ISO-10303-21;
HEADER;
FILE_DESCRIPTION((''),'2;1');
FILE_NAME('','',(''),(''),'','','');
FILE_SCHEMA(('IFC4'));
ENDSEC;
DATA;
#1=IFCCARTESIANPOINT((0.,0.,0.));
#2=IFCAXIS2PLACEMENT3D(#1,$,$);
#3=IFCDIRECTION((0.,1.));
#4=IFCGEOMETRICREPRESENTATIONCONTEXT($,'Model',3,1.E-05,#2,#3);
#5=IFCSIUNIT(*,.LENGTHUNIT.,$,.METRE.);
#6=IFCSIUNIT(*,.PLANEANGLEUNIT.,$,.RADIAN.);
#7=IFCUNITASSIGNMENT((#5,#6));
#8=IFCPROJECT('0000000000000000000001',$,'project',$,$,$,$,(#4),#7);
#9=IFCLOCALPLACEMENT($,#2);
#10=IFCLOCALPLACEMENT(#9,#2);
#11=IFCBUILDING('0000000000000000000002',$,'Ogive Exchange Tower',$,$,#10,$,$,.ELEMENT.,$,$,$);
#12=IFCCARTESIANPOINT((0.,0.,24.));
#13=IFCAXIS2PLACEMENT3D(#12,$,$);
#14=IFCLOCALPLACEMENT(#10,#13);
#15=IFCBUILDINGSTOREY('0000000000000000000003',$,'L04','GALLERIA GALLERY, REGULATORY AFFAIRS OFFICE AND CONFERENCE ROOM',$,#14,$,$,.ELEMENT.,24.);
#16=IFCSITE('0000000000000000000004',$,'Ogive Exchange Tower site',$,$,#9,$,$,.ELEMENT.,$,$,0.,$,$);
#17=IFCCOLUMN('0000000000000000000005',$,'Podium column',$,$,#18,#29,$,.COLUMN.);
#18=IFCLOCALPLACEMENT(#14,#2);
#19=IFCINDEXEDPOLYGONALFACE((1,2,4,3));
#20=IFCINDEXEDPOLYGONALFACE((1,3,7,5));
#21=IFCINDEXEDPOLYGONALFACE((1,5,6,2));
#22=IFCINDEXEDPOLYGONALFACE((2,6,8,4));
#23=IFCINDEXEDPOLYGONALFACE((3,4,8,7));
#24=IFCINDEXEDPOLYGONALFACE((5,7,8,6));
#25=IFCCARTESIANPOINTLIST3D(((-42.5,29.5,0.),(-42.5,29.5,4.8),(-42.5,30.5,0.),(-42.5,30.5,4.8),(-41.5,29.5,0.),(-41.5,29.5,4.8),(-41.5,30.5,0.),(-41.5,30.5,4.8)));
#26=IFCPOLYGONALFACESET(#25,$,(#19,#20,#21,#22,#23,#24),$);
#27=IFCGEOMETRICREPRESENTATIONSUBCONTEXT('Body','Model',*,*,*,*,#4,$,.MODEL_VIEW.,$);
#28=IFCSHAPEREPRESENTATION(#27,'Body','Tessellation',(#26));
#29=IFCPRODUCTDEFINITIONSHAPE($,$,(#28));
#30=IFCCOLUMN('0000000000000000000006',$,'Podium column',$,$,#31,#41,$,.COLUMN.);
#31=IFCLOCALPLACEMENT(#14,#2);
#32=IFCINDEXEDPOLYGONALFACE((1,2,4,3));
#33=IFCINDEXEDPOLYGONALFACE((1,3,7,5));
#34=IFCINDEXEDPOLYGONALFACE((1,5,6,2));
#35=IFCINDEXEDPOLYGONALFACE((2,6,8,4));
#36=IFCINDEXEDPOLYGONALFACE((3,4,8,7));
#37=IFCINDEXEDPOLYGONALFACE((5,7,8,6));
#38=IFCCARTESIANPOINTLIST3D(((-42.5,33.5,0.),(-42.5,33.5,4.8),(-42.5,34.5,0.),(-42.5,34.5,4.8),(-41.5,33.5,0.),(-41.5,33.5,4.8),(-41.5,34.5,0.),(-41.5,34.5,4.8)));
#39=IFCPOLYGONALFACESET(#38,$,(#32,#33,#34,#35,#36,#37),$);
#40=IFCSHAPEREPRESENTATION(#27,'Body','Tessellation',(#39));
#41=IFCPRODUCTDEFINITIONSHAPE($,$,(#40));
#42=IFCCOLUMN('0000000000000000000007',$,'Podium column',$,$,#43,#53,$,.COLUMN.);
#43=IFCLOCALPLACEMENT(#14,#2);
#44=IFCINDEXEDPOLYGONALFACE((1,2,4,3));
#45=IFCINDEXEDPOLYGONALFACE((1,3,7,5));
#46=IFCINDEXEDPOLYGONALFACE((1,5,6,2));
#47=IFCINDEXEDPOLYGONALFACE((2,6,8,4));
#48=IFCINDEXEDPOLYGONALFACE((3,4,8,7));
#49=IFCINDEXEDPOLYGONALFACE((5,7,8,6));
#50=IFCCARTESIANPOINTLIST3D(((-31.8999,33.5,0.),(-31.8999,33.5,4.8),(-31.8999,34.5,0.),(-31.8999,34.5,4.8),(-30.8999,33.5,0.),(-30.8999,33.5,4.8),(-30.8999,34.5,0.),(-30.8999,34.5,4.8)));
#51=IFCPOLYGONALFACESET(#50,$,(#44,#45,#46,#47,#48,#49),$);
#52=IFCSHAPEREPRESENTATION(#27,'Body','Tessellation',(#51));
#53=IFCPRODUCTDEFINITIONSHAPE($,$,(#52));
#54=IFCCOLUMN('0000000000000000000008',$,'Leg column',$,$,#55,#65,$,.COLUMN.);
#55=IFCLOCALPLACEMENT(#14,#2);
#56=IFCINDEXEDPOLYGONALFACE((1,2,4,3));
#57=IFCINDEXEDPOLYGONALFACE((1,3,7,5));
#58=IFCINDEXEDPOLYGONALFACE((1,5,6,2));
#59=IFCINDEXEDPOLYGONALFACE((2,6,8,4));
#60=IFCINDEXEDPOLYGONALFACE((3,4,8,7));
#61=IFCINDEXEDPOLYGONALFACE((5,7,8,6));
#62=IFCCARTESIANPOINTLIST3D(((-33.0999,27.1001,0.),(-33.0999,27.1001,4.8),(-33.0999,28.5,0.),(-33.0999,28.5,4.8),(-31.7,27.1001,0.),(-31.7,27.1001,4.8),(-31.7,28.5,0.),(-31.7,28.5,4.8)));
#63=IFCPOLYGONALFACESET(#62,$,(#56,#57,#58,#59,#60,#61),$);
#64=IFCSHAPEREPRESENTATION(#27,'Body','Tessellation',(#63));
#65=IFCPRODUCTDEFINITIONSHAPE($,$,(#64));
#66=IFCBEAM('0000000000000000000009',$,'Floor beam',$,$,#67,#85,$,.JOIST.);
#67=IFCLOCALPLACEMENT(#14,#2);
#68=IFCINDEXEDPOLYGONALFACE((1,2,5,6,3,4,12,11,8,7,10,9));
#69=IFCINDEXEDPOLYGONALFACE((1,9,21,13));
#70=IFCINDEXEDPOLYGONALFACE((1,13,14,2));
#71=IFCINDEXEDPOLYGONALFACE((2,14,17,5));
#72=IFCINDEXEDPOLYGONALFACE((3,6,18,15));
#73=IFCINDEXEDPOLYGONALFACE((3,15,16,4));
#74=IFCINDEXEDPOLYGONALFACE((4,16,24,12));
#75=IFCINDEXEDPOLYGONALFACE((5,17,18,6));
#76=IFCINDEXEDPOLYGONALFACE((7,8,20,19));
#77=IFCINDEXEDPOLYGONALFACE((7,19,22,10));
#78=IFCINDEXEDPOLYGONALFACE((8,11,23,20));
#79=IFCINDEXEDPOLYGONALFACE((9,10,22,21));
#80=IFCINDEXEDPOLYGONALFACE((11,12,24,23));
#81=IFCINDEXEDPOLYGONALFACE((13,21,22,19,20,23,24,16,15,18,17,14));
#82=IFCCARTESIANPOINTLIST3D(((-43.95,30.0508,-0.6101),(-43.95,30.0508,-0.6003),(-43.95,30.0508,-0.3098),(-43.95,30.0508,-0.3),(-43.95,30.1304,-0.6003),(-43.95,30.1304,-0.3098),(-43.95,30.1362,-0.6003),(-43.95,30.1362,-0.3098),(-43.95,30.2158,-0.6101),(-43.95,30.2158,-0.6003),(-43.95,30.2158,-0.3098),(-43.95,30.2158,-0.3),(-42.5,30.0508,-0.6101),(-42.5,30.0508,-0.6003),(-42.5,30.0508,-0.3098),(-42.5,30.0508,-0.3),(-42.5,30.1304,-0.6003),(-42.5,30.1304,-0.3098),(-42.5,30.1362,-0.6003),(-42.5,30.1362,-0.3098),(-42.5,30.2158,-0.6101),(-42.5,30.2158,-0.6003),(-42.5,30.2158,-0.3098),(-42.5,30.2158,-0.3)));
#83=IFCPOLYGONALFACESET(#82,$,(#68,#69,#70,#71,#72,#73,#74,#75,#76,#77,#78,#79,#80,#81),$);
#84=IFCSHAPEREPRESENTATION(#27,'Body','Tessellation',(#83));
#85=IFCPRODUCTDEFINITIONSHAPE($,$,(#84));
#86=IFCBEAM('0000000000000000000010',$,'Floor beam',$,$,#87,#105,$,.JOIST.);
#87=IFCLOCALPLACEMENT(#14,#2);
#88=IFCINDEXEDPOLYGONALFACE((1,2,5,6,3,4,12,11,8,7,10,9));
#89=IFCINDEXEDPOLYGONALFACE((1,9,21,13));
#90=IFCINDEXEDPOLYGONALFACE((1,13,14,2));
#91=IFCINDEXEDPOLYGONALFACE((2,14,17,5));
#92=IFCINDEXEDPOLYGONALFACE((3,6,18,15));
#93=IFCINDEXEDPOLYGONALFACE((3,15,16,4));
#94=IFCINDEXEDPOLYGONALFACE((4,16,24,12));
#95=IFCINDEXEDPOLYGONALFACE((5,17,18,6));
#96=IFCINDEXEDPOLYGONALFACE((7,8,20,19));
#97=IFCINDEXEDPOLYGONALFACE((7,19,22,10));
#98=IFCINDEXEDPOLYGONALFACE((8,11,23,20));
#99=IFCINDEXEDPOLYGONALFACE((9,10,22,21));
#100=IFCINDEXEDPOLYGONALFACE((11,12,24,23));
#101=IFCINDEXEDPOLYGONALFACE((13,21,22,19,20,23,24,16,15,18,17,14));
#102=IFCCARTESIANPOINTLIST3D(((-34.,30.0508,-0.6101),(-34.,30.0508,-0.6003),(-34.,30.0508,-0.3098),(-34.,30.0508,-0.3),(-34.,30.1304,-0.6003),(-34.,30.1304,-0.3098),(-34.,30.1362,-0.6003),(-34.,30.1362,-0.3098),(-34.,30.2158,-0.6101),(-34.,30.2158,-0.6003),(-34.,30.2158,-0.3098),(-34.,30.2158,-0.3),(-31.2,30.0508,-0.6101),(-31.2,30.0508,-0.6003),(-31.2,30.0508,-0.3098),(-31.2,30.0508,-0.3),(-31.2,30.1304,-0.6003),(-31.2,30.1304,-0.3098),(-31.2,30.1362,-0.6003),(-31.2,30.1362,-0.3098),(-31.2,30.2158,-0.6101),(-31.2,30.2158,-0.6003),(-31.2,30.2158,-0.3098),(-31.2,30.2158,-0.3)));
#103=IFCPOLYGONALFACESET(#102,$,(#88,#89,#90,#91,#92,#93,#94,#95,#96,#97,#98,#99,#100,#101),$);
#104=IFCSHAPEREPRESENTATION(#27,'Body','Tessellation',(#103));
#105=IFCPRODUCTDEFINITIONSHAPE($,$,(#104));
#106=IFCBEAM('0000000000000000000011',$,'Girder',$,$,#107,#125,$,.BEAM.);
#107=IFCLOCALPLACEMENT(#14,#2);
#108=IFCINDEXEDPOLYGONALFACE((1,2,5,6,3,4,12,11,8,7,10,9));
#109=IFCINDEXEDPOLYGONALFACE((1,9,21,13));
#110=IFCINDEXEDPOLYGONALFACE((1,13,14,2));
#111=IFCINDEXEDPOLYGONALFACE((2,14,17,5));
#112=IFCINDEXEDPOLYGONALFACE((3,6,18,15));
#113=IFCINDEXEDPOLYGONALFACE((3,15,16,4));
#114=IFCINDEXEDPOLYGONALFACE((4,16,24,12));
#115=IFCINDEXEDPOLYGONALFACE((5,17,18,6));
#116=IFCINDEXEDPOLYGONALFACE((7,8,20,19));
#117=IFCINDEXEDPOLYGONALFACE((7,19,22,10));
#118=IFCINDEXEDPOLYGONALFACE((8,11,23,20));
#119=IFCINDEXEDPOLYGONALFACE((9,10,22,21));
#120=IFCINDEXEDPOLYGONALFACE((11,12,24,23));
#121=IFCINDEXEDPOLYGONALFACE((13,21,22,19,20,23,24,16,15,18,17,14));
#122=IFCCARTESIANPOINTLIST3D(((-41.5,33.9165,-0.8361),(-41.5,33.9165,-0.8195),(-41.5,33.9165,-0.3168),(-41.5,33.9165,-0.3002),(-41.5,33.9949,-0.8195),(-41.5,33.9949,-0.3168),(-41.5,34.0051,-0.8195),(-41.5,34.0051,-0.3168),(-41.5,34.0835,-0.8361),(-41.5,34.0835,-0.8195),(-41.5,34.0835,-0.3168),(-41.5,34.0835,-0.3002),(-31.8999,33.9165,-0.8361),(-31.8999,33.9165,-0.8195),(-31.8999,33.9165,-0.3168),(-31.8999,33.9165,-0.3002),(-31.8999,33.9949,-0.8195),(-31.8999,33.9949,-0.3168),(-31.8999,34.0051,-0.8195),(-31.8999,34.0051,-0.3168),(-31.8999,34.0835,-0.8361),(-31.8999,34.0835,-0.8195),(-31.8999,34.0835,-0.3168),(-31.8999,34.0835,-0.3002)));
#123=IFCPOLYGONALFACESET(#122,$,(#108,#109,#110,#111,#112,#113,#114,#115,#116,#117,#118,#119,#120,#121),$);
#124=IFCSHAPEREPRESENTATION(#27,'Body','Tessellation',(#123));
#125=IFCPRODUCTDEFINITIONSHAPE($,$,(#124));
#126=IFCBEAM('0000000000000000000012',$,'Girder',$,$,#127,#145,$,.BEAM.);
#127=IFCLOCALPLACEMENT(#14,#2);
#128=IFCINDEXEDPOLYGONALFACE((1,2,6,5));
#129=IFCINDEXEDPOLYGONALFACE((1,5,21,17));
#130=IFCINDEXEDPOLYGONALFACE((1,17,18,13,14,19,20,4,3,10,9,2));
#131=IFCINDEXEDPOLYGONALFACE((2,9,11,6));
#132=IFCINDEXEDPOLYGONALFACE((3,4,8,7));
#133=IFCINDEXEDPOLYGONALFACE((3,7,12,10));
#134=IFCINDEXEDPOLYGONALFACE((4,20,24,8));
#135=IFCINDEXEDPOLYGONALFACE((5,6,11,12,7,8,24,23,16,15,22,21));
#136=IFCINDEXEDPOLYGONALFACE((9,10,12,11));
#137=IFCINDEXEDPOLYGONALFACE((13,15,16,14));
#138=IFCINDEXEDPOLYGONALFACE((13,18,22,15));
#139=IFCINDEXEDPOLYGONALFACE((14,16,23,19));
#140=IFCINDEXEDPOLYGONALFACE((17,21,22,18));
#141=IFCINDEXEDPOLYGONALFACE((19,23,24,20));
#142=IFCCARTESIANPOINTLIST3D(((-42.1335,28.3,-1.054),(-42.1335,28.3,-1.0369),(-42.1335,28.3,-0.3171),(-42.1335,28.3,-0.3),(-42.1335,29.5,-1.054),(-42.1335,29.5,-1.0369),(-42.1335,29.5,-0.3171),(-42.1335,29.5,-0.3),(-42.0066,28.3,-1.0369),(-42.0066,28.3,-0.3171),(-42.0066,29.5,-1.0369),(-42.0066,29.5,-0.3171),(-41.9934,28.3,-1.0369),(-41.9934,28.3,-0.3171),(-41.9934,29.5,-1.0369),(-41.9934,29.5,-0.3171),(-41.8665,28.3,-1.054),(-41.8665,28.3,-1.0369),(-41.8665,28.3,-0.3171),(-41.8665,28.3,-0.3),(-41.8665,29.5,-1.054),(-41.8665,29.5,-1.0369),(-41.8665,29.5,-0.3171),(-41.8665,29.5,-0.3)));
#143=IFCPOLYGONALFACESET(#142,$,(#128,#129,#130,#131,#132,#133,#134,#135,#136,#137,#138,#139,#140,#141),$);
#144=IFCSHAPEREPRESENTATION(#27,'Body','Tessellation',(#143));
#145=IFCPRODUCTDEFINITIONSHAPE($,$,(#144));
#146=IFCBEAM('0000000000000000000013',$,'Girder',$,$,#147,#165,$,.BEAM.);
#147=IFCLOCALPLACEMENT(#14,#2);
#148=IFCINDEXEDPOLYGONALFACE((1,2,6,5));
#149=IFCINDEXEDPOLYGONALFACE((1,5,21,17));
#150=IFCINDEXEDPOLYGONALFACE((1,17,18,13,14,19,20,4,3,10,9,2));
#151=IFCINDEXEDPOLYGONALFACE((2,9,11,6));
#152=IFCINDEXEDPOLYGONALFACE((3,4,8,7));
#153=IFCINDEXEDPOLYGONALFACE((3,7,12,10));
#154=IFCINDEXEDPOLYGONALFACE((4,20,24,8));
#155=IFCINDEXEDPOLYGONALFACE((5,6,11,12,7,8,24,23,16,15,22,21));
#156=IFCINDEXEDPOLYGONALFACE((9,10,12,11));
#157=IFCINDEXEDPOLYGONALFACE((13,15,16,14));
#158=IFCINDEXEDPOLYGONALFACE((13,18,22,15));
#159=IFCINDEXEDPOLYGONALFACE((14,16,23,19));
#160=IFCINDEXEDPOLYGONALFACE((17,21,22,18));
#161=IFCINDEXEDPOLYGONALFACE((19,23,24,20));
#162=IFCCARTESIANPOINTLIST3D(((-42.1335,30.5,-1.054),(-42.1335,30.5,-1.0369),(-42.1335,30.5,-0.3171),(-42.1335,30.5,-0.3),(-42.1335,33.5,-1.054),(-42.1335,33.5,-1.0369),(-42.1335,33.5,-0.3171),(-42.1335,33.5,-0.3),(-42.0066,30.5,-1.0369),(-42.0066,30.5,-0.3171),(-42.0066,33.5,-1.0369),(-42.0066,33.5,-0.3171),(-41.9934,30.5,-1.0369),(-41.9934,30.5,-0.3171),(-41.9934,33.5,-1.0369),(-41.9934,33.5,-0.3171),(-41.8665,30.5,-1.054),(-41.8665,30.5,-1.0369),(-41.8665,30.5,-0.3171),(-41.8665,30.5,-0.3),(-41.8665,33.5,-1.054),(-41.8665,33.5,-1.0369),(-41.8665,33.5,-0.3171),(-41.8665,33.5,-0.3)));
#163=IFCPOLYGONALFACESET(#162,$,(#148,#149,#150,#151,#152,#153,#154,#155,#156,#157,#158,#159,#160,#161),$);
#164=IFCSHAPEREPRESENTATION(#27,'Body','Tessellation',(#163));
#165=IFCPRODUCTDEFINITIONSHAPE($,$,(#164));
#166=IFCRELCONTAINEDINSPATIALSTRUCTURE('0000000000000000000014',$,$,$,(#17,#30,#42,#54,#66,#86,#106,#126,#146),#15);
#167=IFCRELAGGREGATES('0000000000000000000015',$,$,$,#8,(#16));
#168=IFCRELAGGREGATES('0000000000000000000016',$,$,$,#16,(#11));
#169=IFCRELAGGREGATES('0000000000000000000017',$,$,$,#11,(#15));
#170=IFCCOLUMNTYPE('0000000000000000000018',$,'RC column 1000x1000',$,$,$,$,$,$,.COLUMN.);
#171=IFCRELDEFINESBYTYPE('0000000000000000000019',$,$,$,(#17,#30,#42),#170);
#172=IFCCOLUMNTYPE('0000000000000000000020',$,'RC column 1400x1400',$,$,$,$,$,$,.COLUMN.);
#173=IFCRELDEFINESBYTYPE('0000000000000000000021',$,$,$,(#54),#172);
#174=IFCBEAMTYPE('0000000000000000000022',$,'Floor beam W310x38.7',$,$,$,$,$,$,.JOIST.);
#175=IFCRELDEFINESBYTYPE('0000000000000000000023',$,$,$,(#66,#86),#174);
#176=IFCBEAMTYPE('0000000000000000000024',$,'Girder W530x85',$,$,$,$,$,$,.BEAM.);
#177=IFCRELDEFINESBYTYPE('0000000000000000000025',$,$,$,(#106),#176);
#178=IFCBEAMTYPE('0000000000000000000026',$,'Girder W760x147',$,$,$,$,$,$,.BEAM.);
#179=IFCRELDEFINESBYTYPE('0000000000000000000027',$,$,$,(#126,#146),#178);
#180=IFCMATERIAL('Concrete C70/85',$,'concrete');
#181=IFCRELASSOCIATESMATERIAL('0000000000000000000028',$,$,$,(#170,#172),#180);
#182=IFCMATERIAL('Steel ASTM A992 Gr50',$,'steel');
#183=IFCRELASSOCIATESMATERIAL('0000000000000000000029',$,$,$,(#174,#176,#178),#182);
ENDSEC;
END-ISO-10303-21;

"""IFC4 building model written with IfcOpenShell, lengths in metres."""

from ifc_helpers import new_model, si_unit, direction, frame, origin, origin_2d, place, context, subcontext, project, spatial, rectangle, i_section, extrude, material, material_profile, profile_set, type_object, element, save


model = new_model("IFC4")

# Units and contexts
model_context = context("Model", 3, precision=1e-05, world=origin(), true_north=direction((0.0, 1.0)))
body_context = subcontext(model_context, "Body", "Model", "MODEL_VIEW")
ifc_project = project(units=[si_unit("LENGTHUNIT", "METRE"), si_unit("PLANEANGLEUNIT", "RADIAN")], contexts=[model_context])

# Site, building, storey
site_placement = place(None, origin())
site = spatial("IfcSite", under=ifc_project, at=site_placement, Name="Ogive Exchange Tower site", CompositionType="ELEMENT", RefElevation=0.0)
building_placement = place(site_placement, origin())
building = spatial("IfcBuilding", under=site, at=building_placement, Name="Ogive Exchange Tower", CompositionType="ELEMENT")
storey_placement = place(building_placement, frame((0.0, 0.0, 24.0)))
storey = spatial("IfcBuildingStorey", under=building, at=storey_placement, Name="L04", Description="GALLERIA GALLERY, REGULATORY AFFAIRS OFFICE AND CONFERENCE ROOM", CompositionType="ELEMENT", Elevation=24.0)

# Columns
ifc_material_1 = material(Name="Concrete C70/85", Category="concrete")
ifc_material_profile_1 = material_profile(ifc_material_1, rectangle(XDim=1.0, YDim=1.0, at=origin_2d()), Name="RC 1000x1000")
ifc_profile_set_1 = profile_set([ifc_material_profile_1], Name="Concrete C70/85")
column_type_1 = type_object("IfcColumnType", Name="RC column 1000x1000", PredefinedType="COLUMN", material=ifc_profile_set_1)
for number, where, z_axis, x_axis, name in (
    (1, (-42.0, 30.0, 0.0), (0.0, 0.0, 1.0), (1.0, 0.0, 0.0), "Podium column"),
    (2, (-42.0, 34.0, 0.0), (0.0, 0.0, 1.0), (1.0, 0.0, 0.0), "Podium column"),
    (3, (-31.3999, 34.0, 0.0), (0.0, 0.0, 1.0), (1.0, 0.0, 0.0), "Podium column"),
):
    element("IfcColumn", number, at=place(storey_placement, frame(where, z_axis=z_axis, x_axis=x_axis)), inside=storey, type_object=column_type_1, Name=name, PredefinedType="COLUMN", context=body_context, shape_type="SweptSolid", body=[
        extrude(rectangle(XDim=1.0, YDim=1.0, at=origin_2d()), origin(), (0.0, 0.0, 1.0), 4.8),
    ])
ifc_material_profile_2 = material_profile(ifc_material_1, rectangle(XDim=1.3999, YDim=1.3999, at=origin_2d()), Name="RC 1400x1400")
ifc_profile_set_2 = profile_set([ifc_material_profile_2], Name="Concrete C70/85")
column_type_2 = type_object("IfcColumnType", Name="RC column 1400x1400", PredefinedType="COLUMN", material=ifc_profile_set_2)
column_placement = place(storey_placement, frame((-32.3999, 27.8, 0.0), z_axis=(0.0, 0.0, 1.0), x_axis=(1.0, 0.0, 0.0)))
element("IfcColumn", 4, at=column_placement, inside=storey, type_object=column_type_2, Name="Leg column", PredefinedType="COLUMN", context=body_context, shape_type="SweptSolid", body=[
    extrude(rectangle(XDim=1.3999, YDim=1.3999, at=origin_2d()), origin(), (0.0, 0.0, 1.0), 4.8),
])

# Beams
ifc_material_2 = material(Name="Steel ASTM A992 Gr50", Category="steel")
ifc_material_profile_3 = material_profile(ifc_material_2, i_section(OverallWidth=0.165, OverallDepth=0.3101, WebThickness=0.0059, FlangeThickness=0.0098, at=origin_2d()), Name="W310x38.7")
ifc_profile_set_3 = profile_set([ifc_material_profile_3], Name="Steel ASTM A992 Gr50")
beam_type_1 = type_object("IfcBeamType", Name="Floor beam W310x38.7", PredefinedType="JOIST", material=ifc_profile_set_3)
beam_1_placement = place(storey_placement, frame((-43.95, 30.1333, -0.4551), z_axis=(1.0, 0.0, 0.0), x_axis=(0.0, 1.0, 0.0)))
element("IfcBeam", 5, at=beam_1_placement, inside=storey, type_object=beam_type_1, Name="Floor beam", PredefinedType="JOIST", context=body_context, shape_type="SweptSolid", body=[
    extrude(i_section(OverallWidth=0.165, OverallDepth=0.3101, WebThickness=0.0059, FlangeThickness=0.0098, at=origin_2d()), origin(), (0.0, 0.0, 1.0), 1.45),
])
beam_2_placement = place(storey_placement, frame((-34.0, 30.1333, -0.4551), z_axis=(1.0, 0.0, 0.0), x_axis=(0.0, 1.0, 0.0)))
element("IfcBeam", 6, at=beam_2_placement, inside=storey, type_object=beam_type_1, Name="Floor beam", PredefinedType="JOIST", context=body_context, shape_type="SweptSolid", body=[
    extrude(i_section(OverallWidth=0.165, OverallDepth=0.3101, WebThickness=0.0059, FlangeThickness=0.0098, at=origin_2d()), origin(), (0.0, 0.0, 1.0), 2.8),
])
ifc_material_profile_4 = material_profile(ifc_material_2, i_section(OverallWidth=0.167, OverallDepth=0.5359, WebThickness=0.0103, FlangeThickness=0.0166, at=origin_2d()), Name="W530x85")
ifc_profile_set_4 = profile_set([ifc_material_profile_4], Name="Steel ASTM A992 Gr50")
beam_type_2 = type_object("IfcBeamType", Name="Girder W530x85", PredefinedType="BEAM", material=ifc_profile_set_4)
beam_3_placement = place(storey_placement, frame((-41.5, 34.0, -0.5681), z_axis=(1.0, 0.0, 0.0), x_axis=(0.0, 1.0, 0.0)))
element("IfcBeam", 7, at=beam_3_placement, inside=storey, type_object=beam_type_2, Name="Girder", PredefinedType="BEAM", context=body_context, shape_type="SweptSolid", body=[
    extrude(i_section(OverallWidth=0.167, OverallDepth=0.5359, WebThickness=0.0103, FlangeThickness=0.0166, at=origin_2d()), origin(), (0.0, 0.0, 1.0), 9.6001),
])
ifc_material_profile_5 = material_profile(ifc_material_2, i_section(OverallWidth=0.2671, OverallDepth=0.7539, WebThickness=0.0132, FlangeThickness=0.0171, at=origin_2d()), Name="W760x147")
ifc_profile_set_5 = profile_set([ifc_material_profile_5], Name="Steel ASTM A992 Gr50")
beam_type_3 = type_object("IfcBeamType", Name="Girder W760x147", PredefinedType="BEAM", material=ifc_profile_set_5)
beam_4_placement = place(storey_placement, frame((-42.0, 28.3, -0.677), z_axis=(0.0, 1.0, 0.0), x_axis=(-1.0, 0.0, 0.0)))
element("IfcBeam", 8, at=beam_4_placement, inside=storey, type_object=beam_type_3, Name="Girder", PredefinedType="BEAM", context=body_context, shape_type="SweptSolid", body=[
    extrude(i_section(OverallWidth=0.2671, OverallDepth=0.7539, WebThickness=0.0132, FlangeThickness=0.0171, at=origin_2d()), origin(), (0.0, 0.0, 1.0), 1.2),
])
beam_5_placement = place(storey_placement, frame((-42.0, 30.5, -0.677), z_axis=(0.0, 1.0, 0.0), x_axis=(-1.0, 0.0, 0.0)))
element("IfcBeam", 9, at=beam_5_placement, inside=storey, type_object=beam_type_3, Name="Girder", PredefinedType="BEAM", context=body_context, shape_type="SweptSolid", body=[
    extrude(i_section(OverallWidth=0.2671, OverallDepth=0.7539, WebThickness=0.0132, FlangeThickness=0.0171, at=origin_2d()), origin(), (0.0, 0.0, 1.0), 3.0),
])

save(model, "model.ifc")
